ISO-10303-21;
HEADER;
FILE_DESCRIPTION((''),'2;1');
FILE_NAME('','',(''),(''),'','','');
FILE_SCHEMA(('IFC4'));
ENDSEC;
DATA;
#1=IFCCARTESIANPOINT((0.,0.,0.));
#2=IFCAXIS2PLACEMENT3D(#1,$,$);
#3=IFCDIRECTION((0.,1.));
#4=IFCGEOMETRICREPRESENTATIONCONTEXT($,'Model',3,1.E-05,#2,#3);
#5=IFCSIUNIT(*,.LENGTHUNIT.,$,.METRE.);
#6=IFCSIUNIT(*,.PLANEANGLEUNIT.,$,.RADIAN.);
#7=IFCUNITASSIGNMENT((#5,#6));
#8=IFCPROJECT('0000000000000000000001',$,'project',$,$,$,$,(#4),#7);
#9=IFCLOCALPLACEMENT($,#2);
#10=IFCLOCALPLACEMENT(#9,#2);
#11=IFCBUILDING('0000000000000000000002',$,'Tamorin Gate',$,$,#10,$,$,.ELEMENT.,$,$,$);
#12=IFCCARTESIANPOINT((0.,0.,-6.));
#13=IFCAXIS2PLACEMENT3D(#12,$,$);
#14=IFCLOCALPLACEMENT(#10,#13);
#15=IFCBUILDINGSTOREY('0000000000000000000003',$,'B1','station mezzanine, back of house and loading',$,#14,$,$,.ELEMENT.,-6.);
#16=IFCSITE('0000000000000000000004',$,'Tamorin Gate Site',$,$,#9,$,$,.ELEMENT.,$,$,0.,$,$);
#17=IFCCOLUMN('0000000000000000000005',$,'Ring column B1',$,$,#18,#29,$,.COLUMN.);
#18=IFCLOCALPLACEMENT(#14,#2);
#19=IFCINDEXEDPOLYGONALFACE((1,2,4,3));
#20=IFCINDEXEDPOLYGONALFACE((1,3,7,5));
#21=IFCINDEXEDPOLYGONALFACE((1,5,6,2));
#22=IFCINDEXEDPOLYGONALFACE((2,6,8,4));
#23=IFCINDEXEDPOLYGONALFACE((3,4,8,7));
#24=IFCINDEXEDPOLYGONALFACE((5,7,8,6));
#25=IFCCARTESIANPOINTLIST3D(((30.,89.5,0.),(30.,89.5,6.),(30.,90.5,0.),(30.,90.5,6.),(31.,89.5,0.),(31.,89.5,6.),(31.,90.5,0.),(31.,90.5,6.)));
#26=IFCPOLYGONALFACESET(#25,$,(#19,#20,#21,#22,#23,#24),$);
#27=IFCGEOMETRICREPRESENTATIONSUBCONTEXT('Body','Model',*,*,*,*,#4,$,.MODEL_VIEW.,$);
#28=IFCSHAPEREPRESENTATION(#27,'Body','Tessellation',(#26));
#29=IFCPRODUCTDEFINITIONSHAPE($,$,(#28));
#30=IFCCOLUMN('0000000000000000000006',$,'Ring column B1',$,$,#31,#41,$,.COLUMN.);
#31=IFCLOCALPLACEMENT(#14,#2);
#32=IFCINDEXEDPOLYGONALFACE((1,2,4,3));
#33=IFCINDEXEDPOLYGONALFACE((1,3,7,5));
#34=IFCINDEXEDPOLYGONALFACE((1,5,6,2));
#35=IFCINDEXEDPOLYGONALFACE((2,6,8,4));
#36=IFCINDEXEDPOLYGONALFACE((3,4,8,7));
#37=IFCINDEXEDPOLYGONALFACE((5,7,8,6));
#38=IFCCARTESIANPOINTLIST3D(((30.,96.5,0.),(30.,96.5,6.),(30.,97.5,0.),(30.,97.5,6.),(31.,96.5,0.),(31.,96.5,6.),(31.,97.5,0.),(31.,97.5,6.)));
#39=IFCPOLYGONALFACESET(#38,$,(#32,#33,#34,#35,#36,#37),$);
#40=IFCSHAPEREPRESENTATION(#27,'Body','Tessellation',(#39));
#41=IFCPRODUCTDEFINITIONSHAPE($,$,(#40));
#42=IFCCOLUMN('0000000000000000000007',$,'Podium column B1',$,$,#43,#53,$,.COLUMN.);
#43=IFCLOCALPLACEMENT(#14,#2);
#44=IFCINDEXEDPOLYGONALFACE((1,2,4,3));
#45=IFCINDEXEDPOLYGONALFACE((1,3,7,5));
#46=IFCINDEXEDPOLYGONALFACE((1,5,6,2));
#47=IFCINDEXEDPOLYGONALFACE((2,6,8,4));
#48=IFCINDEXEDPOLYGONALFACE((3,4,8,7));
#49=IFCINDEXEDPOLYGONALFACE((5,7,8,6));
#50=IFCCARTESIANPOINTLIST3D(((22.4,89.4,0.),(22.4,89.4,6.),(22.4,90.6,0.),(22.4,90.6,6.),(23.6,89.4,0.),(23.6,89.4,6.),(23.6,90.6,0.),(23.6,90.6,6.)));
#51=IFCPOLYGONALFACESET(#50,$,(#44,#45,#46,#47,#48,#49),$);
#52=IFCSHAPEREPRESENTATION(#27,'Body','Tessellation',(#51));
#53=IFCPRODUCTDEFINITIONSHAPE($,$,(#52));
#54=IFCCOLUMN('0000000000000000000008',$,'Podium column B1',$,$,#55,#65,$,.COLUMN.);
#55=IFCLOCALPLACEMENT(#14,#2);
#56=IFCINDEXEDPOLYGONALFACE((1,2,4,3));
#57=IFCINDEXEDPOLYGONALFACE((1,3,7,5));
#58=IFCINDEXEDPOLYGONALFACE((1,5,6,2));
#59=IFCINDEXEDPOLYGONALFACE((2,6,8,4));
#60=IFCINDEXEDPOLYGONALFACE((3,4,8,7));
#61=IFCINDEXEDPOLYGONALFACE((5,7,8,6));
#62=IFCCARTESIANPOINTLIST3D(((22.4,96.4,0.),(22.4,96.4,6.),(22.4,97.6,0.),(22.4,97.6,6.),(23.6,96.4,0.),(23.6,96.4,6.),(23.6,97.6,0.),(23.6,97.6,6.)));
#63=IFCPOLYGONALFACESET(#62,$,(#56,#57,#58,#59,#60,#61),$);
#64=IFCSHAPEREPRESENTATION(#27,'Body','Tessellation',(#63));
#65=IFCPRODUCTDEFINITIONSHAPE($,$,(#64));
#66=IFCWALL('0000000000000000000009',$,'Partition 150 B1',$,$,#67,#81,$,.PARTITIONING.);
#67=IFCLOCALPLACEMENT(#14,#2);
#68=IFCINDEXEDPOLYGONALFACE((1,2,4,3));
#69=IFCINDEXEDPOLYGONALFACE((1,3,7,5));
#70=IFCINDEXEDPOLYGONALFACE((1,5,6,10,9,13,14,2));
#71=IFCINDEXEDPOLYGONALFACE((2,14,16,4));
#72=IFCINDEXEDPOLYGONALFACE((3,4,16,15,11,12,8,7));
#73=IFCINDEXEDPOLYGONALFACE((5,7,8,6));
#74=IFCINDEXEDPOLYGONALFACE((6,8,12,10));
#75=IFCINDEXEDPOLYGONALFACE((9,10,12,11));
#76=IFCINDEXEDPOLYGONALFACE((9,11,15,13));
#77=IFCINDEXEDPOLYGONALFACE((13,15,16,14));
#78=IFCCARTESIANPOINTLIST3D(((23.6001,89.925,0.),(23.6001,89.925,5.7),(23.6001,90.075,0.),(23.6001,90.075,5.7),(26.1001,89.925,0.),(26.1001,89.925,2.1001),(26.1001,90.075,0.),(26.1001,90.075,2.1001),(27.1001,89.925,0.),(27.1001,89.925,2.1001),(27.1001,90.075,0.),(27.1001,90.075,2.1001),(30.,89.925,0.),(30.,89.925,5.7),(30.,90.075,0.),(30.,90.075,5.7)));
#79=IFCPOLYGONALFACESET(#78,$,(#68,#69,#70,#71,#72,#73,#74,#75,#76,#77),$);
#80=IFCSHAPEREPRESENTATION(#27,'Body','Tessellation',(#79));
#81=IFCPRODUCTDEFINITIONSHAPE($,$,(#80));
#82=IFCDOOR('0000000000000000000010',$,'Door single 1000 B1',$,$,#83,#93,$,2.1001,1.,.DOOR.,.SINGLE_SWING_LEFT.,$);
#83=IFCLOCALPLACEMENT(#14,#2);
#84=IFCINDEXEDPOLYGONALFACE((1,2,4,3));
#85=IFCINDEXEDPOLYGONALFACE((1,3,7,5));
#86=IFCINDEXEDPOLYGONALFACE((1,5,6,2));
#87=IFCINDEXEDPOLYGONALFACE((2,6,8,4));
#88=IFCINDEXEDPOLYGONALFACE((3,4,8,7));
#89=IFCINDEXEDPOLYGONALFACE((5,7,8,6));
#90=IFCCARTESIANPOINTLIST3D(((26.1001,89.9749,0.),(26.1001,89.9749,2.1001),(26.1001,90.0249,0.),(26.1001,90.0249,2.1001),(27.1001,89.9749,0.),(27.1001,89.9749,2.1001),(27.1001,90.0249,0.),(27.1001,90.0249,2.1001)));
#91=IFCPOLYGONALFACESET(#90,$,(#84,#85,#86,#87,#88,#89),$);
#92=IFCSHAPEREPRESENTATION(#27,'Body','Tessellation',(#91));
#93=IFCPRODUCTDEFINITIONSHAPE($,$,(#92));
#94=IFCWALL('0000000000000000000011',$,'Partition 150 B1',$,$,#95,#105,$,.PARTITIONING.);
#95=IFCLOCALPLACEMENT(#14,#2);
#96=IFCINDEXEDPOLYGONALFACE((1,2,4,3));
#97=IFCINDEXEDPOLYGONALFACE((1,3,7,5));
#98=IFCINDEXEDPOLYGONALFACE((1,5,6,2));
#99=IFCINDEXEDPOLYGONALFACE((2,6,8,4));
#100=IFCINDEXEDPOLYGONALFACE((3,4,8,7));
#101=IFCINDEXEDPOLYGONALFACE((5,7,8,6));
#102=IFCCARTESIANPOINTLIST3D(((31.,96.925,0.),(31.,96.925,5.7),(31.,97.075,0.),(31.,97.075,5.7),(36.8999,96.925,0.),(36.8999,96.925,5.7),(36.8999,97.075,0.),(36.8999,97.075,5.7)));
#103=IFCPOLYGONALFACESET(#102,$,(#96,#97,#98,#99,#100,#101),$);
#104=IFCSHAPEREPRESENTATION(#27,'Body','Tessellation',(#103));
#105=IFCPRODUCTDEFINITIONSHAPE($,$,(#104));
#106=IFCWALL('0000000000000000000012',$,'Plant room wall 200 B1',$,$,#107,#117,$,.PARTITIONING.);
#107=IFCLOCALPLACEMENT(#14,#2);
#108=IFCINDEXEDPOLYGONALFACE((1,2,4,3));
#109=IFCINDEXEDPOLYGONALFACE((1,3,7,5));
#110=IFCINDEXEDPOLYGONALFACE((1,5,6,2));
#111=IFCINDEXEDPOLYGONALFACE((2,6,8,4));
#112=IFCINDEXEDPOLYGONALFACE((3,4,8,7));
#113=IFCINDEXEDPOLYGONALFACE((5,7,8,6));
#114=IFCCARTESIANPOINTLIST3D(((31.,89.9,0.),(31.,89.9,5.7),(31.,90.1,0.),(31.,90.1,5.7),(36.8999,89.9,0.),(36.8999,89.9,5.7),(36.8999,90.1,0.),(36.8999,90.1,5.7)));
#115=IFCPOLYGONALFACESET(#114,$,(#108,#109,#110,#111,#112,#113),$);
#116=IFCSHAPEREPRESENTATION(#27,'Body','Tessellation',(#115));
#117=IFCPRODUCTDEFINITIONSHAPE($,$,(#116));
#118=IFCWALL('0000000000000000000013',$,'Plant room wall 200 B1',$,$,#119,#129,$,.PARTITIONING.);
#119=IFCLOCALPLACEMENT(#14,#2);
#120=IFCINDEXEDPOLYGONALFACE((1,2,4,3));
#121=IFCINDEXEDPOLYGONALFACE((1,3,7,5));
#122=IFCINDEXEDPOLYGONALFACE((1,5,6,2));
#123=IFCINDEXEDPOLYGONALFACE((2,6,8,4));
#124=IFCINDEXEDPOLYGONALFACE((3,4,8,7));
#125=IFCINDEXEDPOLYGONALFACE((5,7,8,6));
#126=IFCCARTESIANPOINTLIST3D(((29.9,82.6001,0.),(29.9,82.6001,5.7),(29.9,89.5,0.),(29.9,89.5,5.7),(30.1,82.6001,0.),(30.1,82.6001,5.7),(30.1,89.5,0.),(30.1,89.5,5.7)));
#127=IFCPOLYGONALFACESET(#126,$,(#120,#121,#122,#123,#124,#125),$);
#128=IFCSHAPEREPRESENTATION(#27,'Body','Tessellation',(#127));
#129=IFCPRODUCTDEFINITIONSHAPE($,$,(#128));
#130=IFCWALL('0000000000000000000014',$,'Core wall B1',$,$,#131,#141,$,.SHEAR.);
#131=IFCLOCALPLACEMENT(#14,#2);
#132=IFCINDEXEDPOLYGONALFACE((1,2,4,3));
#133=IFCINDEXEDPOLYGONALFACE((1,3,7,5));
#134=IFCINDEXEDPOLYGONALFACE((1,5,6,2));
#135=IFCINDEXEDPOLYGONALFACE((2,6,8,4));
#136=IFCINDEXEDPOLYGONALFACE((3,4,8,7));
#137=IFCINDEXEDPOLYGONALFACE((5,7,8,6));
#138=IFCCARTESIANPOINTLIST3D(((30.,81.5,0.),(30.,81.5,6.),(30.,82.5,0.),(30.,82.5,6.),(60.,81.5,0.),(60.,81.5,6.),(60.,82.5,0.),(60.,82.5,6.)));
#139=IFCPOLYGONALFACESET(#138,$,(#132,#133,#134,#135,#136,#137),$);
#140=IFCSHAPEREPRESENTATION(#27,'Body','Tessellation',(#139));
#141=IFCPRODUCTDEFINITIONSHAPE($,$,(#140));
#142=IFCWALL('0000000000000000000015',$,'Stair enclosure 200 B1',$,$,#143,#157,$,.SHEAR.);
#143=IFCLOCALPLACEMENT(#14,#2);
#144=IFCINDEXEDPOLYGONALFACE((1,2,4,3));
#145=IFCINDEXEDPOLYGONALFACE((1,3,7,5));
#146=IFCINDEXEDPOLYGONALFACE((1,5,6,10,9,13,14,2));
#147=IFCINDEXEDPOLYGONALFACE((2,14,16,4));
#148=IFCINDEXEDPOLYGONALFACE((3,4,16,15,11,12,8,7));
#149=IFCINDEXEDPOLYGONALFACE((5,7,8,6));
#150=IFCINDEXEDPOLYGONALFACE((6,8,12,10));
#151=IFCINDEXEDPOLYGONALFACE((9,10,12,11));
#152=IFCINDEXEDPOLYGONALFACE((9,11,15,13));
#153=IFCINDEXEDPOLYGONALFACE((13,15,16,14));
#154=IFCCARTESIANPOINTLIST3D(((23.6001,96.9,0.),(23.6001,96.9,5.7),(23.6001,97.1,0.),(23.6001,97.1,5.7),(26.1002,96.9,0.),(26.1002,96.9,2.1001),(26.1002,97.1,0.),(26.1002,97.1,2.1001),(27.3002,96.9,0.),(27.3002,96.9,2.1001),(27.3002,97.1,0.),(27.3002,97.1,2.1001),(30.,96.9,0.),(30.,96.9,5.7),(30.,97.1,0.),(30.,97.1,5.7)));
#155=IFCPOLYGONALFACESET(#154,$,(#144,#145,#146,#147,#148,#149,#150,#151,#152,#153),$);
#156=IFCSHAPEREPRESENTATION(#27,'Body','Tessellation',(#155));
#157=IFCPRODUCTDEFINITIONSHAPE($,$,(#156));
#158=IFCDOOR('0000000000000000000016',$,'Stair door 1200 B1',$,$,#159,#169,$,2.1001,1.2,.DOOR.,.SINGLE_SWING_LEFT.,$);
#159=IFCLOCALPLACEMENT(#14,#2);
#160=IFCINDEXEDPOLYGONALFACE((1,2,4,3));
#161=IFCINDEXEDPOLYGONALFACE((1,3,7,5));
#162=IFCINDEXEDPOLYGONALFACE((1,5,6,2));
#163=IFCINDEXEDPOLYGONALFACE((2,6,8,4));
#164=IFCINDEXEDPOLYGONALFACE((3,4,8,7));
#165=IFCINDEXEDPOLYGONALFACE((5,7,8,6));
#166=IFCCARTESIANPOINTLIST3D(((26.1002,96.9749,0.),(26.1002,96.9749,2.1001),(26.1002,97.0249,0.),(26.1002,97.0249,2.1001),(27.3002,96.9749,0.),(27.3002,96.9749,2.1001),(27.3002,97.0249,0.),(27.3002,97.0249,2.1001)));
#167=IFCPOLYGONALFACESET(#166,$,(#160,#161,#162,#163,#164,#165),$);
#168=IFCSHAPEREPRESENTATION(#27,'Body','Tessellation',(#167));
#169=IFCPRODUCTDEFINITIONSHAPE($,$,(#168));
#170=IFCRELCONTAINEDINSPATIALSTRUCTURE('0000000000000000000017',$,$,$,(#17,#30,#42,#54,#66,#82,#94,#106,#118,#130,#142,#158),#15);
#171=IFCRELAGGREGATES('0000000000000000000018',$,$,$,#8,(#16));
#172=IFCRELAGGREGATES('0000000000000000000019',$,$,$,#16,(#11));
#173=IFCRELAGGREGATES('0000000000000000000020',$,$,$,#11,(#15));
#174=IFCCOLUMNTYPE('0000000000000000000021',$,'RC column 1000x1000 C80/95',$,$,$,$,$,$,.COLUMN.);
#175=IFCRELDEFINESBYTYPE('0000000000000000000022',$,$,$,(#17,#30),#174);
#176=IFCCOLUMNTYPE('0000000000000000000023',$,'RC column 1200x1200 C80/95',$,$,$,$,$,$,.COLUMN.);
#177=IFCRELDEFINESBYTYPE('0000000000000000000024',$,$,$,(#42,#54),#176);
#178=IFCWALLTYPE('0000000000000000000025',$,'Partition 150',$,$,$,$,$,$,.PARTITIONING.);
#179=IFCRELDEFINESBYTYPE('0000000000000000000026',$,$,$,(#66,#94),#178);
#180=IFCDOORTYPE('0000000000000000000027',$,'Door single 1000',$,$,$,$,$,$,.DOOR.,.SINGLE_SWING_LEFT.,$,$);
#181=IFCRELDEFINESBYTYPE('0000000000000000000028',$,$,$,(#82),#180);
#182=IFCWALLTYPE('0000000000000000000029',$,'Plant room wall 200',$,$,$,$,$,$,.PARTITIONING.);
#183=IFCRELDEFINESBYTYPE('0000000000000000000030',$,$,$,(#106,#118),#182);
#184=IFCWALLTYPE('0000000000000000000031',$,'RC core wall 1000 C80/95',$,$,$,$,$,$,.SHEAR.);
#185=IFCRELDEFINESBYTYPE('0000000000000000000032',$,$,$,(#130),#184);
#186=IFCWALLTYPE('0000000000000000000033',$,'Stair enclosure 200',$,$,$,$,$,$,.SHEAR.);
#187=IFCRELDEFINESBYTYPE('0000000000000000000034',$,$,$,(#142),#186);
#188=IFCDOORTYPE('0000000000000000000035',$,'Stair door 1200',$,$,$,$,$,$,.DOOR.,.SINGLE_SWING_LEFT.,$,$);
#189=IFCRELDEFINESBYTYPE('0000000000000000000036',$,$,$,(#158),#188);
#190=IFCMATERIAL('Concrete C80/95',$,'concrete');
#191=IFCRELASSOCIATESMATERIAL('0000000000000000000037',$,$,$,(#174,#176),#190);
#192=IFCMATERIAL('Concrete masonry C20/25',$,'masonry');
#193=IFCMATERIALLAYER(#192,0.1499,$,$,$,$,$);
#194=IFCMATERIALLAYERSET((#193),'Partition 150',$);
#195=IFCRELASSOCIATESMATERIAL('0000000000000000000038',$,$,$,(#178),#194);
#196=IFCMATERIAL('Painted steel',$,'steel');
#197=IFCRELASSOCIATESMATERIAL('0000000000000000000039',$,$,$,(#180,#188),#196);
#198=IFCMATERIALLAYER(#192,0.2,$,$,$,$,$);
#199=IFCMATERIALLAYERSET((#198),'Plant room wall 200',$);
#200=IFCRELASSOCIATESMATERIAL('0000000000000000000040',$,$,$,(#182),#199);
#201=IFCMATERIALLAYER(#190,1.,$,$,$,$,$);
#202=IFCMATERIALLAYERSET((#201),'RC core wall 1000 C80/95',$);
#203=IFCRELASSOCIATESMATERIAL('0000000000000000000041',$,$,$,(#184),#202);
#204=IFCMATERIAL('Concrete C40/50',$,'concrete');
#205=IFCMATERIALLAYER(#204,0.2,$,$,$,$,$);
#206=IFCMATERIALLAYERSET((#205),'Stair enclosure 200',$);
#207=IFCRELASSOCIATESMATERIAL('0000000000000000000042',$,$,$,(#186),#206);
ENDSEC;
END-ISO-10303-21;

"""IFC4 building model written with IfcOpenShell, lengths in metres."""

from ifc_helpers import new_model, si_unit, direction, frame, frame_2d, origin, origin_2d, place, context, subcontext, project, spatial, rectangle, extrude, material, layer, layer_set, material_profile, profile_set, type_object, element, fill, save


model = new_model("IFC4")

# Units and contexts
model_context = context("Model", 3, precision=1e-05, world=origin(), true_north=direction((0.0, 1.0)))
body_context = subcontext(model_context, "Body", "Model", "MODEL_VIEW")
ifc_project = project(units=[si_unit("LENGTHUNIT", "METRE"), si_unit("PLANEANGLEUNIT", "RADIAN")], contexts=[model_context])

# Site, building, storey
site_placement = place(None, origin())
site = spatial("IfcSite", under=ifc_project, at=site_placement, Name="Tamorin Gate Site", CompositionType="ELEMENT", RefElevation=0.0)
building_placement = place(site_placement, origin())
building = spatial("IfcBuilding", under=site, at=building_placement, Name="Tamorin Gate", CompositionType="ELEMENT")
storey_placement = place(building_placement, frame((0.0, 0.0, -6.0)))
storey = spatial("IfcBuildingStorey", under=building, at=storey_placement, Name="B1", Description="station mezzanine, back of house and loading", CompositionType="ELEMENT", Elevation=-6.0)

# Columns
ifc_material_1 = material(Name="Concrete C80/95", Category="concrete")
ifc_material_profile_1 = material_profile(ifc_material_1, rectangle(XDim=1.0, YDim=1.0, at=origin_2d()), Name="RC 1000x1000")
ifc_profile_set_1 = profile_set([ifc_material_profile_1], Name="Concrete C80/95")
column_type_1 = type_object("IfcColumnType", Name="RC column 1000x1000 C80/95", PredefinedType="COLUMN", material=ifc_profile_set_1)
for number, where, z_axis, x_axis, name in (
    (1, (30.5, 90.0, 0.0), (0.0, 0.0, 1.0), (1.0, 0.0, 0.0), "Ring column B1"),
    (2, (30.5, 97.0, 0.0), (0.0, 0.0, 1.0), (1.0, 0.0, 0.0), "Ring column B1"),
):
    element("IfcColumn", number, at=place(storey_placement, frame(where, z_axis=z_axis, x_axis=x_axis)), inside=storey, type_object=column_type_1, Name=name, PredefinedType="COLUMN", context=body_context, shape_type="SweptSolid", body=[
        extrude(rectangle(XDim=1.0, YDim=1.0, at=origin_2d()), origin(), (0.0, 0.0, 1.0), 6.0),
    ])
ifc_material_profile_2 = material_profile(ifc_material_1, rectangle(XDim=1.2, YDim=1.2, at=origin_2d()), Name="RC 1200x1200")
ifc_profile_set_2 = profile_set([ifc_material_profile_2], Name="Concrete C80/95")
column_type_2 = type_object("IfcColumnType", Name="RC column 1200x1200 C80/95", PredefinedType="COLUMN", material=ifc_profile_set_2)
for number, where, z_axis, x_axis, name in (
    (3, (23.0, 90.0, 0.0), (0.0, 0.0, 1.0), (1.0, 0.0, 0.0), "Podium column B1"),
    (4, (23.0, 97.0, 0.0), (0.0, 0.0, 1.0), (1.0, 0.0, 0.0), "Podium column B1"),
):
    element("IfcColumn", number, at=place(storey_placement, frame(where, z_axis=z_axis, x_axis=x_axis)), inside=storey, type_object=column_type_2, Name=name, PredefinedType="COLUMN", context=body_context, shape_type="SweptSolid", body=[
        extrude(rectangle(XDim=1.2, YDim=1.2, at=origin_2d()), origin(), (0.0, 0.0, 1.0), 6.0),
    ])

# Wall, opening, door
ifc_material_2 = material(Name="Concrete masonry C20/25", Category="masonry")
ifc_layer_1 = layer(ifc_material_2, 0.1499)
ifc_layer_set_1 = layer_set([ifc_layer_1], Name="Partition 150")
wall_type_1 = type_object("IfcWallType", Name="Partition 150", PredefinedType="PARTITIONING", material=ifc_layer_set_1)
wall_1_placement = place(storey_placement, frame((23.6001, 90.0, 0.0), z_axis=(0.0, 0.0, 1.0), x_axis=(1.0, 0.0, 0.0)))
wall_1 = element("IfcWall", 5, at=wall_1_placement, inside=storey, type_object=wall_type_1, Name="Partition 150 B1", PredefinedType="PARTITIONING", context=body_context, shape_type="SweptSolid", body=[
    extrude(rectangle(XDim=6.3999, YDim=0.1499, at=frame_2d((3.2, 0.0))), origin(), (0.0, 0.0, 1.0), 5.7),
])
opening_1_placement = place(wall_1_placement, frame((2.5, 0.0, 0.0)))
opening_1 = element("IfcOpeningElement", 6, at=opening_1_placement, cuts=wall_1, PredefinedType="OPENING", context=body_context, shape_type="SweptSolid", body=[
    extrude(rectangle(XDim=1.0, YDim=2.1001, at=frame_2d((0.5, 1.05))), frame((0.0, 0.085, 0.0), z_axis=(0.0, -1.0, 0.0), x_axis=(1.0, 0.0, 0.0)), (0.0, 0.0, 1.0), 0.1699),
])
ifc_material_3 = material(Name="Painted steel", Category="steel")
door_type_1 = type_object("IfcDoorType", Name="Door single 1000", OperationType="SINGLE_SWING_LEFT", PredefinedType="DOOR", material=ifc_material_3)
door_1_placement = place(opening_1_placement, origin())
door_1 = element("IfcDoor", 7, at=door_1_placement, inside=storey, type_object=door_type_1, Name="Door single 1000 B1", OperationType="SINGLE_SWING_LEFT", OverallHeight=2.1001, OverallWidth=1.0, PredefinedType="DOOR", context=body_context, shape_type="SweptSolid", body=[
    extrude(rectangle(XDim=1.0, YDim=2.1001, at=frame_2d((0.5, 1.05))), frame((0.0, 0.0249, 0.0), z_axis=(0.0, -1.0, 0.0), x_axis=(1.0, 0.0, 0.0)), (0.0, 0.0, 1.0), 0.05),
])
fill(opening_1, door_1)

# Walls
wall_2_placement = place(storey_placement, frame((31.0, 97.0, 0.0), z_axis=(0.0, 0.0, 1.0), x_axis=(1.0, 0.0, 0.0)))
element("IfcWall", 8, at=wall_2_placement, inside=storey, type_object=wall_type_1, Name="Partition 150 B1", PredefinedType="PARTITIONING", context=body_context, shape_type="SweptSolid", body=[
    extrude(rectangle(XDim=5.8999, YDim=0.1499, at=frame_2d((2.95, 0.0))), origin(), (0.0, 0.0, 1.0), 5.7),
])
ifc_layer_2 = layer(ifc_material_2, 0.2)
ifc_layer_set_2 = layer_set([ifc_layer_2], Name="Plant room wall 200")
wall_type_2 = type_object("IfcWallType", Name="Plant room wall 200", PredefinedType="PARTITIONING", material=ifc_layer_set_2)
wall_3_placement = place(storey_placement, frame((31.0, 90.0, 0.0), z_axis=(0.0, 0.0, 1.0), x_axis=(1.0, 0.0, 0.0)))
element("IfcWall", 9, at=wall_3_placement, inside=storey, type_object=wall_type_2, Name="Plant room wall 200 B1", PredefinedType="PARTITIONING", context=body_context, shape_type="SweptSolid", body=[
    extrude(rectangle(XDim=5.8999, YDim=0.2, at=frame_2d((2.95, 0.0))), origin(), (0.0, 0.0, 1.0), 5.7),
])
wall_4_placement = place(storey_placement, frame((30.0, 82.6001, 0.0), z_axis=(0.0, 0.0, 1.0), x_axis=(0.0, 1.0, 0.0)))
element("IfcWall", 10, at=wall_4_placement, inside=storey, type_object=wall_type_2, Name="Plant room wall 200 B1", PredefinedType="PARTITIONING", context=body_context, shape_type="SweptSolid", body=[
    extrude(rectangle(XDim=6.8999, YDim=0.2, at=frame_2d((3.45, 0.0))), origin(), (0.0, 0.0, 1.0), 5.7),
])
ifc_layer_3 = layer(ifc_material_1, 1.0)
ifc_layer_set_3 = layer_set([ifc_layer_3], Name="RC core wall 1000 C80/95")
wall_type_3 = type_object("IfcWallType", Name="RC core wall 1000 C80/95", PredefinedType="SHEAR", material=ifc_layer_set_3)
wall_5_placement = place(storey_placement, frame((30.0, 82.0, 0.0), z_axis=(0.0, 0.0, 1.0), x_axis=(1.0, 0.0, 0.0)))
element("IfcWall", 11, at=wall_5_placement, inside=storey, type_object=wall_type_3, Name="Core wall B1", PredefinedType="SHEAR", context=body_context, shape_type="SweptSolid", body=[
    extrude(rectangle(XDim=30.0, YDim=1.0, at=frame_2d((15.0, 0.0))), origin(), (0.0, 0.0, 1.0), 6.0),
])

# Wall, opening, door
ifc_material_4 = material(Name="Concrete C40/50", Category="concrete")
ifc_layer_4 = layer(ifc_material_4, 0.2)
ifc_layer_set_4 = layer_set([ifc_layer_4], Name="Stair enclosure 200")
wall_type_4 = type_object("IfcWallType", Name="Stair enclosure 200", PredefinedType="SHEAR", material=ifc_layer_set_4)
wall_6_placement = place(storey_placement, frame((23.6001, 97.0, 0.0), z_axis=(0.0, 0.0, 1.0), x_axis=(1.0, 0.0, 0.0)))
wall_6 = element("IfcWall", 12, at=wall_6_placement, inside=storey, type_object=wall_type_4, Name="Stair enclosure 200 B1", PredefinedType="SHEAR", context=body_context, shape_type="SweptSolid", body=[
    extrude(rectangle(XDim=6.3999, YDim=0.2, at=frame_2d((3.2, 0.0))), origin(), (0.0, 0.0, 1.0), 5.7),
])
opening_2_placement = place(wall_6_placement, frame((2.5, 0.0, 0.0)))
opening_2 = element("IfcOpeningElement", 13, at=opening_2_placement, cuts=wall_6, PredefinedType="OPENING", context=body_context, shape_type="SweptSolid", body=[
    extrude(rectangle(XDim=1.2, YDim=2.1001, at=frame_2d((0.6001, 1.05))), frame((0.0, 0.1099, 0.0), z_axis=(0.0, -1.0, 0.0), x_axis=(1.0, 0.0, 0.0)), (0.0, 0.0, 1.0), 0.22),
])
door_type_2 = type_object("IfcDoorType", Name="Stair door 1200", OperationType="SINGLE_SWING_LEFT", PredefinedType="DOOR", material=ifc_material_3)
door_2_placement = place(opening_2_placement, origin())
door_2 = element("IfcDoor", 14, at=door_2_placement, inside=storey, type_object=door_type_2, Name="Stair door 1200 B1", OperationType="SINGLE_SWING_LEFT", OverallHeight=2.1001, OverallWidth=1.2, PredefinedType="DOOR", context=body_context, shape_type="SweptSolid", body=[
    extrude(rectangle(XDim=1.2, YDim=2.1001, at=frame_2d((0.6001, 1.05))), frame((0.0, 0.0249, 0.0), z_axis=(0.0, -1.0, 0.0), x_axis=(1.0, 0.0, 0.0)), (0.0, 0.0, 1.0), 0.05),
])
fill(opening_2, door_2)

save(model, "model.ifc")
